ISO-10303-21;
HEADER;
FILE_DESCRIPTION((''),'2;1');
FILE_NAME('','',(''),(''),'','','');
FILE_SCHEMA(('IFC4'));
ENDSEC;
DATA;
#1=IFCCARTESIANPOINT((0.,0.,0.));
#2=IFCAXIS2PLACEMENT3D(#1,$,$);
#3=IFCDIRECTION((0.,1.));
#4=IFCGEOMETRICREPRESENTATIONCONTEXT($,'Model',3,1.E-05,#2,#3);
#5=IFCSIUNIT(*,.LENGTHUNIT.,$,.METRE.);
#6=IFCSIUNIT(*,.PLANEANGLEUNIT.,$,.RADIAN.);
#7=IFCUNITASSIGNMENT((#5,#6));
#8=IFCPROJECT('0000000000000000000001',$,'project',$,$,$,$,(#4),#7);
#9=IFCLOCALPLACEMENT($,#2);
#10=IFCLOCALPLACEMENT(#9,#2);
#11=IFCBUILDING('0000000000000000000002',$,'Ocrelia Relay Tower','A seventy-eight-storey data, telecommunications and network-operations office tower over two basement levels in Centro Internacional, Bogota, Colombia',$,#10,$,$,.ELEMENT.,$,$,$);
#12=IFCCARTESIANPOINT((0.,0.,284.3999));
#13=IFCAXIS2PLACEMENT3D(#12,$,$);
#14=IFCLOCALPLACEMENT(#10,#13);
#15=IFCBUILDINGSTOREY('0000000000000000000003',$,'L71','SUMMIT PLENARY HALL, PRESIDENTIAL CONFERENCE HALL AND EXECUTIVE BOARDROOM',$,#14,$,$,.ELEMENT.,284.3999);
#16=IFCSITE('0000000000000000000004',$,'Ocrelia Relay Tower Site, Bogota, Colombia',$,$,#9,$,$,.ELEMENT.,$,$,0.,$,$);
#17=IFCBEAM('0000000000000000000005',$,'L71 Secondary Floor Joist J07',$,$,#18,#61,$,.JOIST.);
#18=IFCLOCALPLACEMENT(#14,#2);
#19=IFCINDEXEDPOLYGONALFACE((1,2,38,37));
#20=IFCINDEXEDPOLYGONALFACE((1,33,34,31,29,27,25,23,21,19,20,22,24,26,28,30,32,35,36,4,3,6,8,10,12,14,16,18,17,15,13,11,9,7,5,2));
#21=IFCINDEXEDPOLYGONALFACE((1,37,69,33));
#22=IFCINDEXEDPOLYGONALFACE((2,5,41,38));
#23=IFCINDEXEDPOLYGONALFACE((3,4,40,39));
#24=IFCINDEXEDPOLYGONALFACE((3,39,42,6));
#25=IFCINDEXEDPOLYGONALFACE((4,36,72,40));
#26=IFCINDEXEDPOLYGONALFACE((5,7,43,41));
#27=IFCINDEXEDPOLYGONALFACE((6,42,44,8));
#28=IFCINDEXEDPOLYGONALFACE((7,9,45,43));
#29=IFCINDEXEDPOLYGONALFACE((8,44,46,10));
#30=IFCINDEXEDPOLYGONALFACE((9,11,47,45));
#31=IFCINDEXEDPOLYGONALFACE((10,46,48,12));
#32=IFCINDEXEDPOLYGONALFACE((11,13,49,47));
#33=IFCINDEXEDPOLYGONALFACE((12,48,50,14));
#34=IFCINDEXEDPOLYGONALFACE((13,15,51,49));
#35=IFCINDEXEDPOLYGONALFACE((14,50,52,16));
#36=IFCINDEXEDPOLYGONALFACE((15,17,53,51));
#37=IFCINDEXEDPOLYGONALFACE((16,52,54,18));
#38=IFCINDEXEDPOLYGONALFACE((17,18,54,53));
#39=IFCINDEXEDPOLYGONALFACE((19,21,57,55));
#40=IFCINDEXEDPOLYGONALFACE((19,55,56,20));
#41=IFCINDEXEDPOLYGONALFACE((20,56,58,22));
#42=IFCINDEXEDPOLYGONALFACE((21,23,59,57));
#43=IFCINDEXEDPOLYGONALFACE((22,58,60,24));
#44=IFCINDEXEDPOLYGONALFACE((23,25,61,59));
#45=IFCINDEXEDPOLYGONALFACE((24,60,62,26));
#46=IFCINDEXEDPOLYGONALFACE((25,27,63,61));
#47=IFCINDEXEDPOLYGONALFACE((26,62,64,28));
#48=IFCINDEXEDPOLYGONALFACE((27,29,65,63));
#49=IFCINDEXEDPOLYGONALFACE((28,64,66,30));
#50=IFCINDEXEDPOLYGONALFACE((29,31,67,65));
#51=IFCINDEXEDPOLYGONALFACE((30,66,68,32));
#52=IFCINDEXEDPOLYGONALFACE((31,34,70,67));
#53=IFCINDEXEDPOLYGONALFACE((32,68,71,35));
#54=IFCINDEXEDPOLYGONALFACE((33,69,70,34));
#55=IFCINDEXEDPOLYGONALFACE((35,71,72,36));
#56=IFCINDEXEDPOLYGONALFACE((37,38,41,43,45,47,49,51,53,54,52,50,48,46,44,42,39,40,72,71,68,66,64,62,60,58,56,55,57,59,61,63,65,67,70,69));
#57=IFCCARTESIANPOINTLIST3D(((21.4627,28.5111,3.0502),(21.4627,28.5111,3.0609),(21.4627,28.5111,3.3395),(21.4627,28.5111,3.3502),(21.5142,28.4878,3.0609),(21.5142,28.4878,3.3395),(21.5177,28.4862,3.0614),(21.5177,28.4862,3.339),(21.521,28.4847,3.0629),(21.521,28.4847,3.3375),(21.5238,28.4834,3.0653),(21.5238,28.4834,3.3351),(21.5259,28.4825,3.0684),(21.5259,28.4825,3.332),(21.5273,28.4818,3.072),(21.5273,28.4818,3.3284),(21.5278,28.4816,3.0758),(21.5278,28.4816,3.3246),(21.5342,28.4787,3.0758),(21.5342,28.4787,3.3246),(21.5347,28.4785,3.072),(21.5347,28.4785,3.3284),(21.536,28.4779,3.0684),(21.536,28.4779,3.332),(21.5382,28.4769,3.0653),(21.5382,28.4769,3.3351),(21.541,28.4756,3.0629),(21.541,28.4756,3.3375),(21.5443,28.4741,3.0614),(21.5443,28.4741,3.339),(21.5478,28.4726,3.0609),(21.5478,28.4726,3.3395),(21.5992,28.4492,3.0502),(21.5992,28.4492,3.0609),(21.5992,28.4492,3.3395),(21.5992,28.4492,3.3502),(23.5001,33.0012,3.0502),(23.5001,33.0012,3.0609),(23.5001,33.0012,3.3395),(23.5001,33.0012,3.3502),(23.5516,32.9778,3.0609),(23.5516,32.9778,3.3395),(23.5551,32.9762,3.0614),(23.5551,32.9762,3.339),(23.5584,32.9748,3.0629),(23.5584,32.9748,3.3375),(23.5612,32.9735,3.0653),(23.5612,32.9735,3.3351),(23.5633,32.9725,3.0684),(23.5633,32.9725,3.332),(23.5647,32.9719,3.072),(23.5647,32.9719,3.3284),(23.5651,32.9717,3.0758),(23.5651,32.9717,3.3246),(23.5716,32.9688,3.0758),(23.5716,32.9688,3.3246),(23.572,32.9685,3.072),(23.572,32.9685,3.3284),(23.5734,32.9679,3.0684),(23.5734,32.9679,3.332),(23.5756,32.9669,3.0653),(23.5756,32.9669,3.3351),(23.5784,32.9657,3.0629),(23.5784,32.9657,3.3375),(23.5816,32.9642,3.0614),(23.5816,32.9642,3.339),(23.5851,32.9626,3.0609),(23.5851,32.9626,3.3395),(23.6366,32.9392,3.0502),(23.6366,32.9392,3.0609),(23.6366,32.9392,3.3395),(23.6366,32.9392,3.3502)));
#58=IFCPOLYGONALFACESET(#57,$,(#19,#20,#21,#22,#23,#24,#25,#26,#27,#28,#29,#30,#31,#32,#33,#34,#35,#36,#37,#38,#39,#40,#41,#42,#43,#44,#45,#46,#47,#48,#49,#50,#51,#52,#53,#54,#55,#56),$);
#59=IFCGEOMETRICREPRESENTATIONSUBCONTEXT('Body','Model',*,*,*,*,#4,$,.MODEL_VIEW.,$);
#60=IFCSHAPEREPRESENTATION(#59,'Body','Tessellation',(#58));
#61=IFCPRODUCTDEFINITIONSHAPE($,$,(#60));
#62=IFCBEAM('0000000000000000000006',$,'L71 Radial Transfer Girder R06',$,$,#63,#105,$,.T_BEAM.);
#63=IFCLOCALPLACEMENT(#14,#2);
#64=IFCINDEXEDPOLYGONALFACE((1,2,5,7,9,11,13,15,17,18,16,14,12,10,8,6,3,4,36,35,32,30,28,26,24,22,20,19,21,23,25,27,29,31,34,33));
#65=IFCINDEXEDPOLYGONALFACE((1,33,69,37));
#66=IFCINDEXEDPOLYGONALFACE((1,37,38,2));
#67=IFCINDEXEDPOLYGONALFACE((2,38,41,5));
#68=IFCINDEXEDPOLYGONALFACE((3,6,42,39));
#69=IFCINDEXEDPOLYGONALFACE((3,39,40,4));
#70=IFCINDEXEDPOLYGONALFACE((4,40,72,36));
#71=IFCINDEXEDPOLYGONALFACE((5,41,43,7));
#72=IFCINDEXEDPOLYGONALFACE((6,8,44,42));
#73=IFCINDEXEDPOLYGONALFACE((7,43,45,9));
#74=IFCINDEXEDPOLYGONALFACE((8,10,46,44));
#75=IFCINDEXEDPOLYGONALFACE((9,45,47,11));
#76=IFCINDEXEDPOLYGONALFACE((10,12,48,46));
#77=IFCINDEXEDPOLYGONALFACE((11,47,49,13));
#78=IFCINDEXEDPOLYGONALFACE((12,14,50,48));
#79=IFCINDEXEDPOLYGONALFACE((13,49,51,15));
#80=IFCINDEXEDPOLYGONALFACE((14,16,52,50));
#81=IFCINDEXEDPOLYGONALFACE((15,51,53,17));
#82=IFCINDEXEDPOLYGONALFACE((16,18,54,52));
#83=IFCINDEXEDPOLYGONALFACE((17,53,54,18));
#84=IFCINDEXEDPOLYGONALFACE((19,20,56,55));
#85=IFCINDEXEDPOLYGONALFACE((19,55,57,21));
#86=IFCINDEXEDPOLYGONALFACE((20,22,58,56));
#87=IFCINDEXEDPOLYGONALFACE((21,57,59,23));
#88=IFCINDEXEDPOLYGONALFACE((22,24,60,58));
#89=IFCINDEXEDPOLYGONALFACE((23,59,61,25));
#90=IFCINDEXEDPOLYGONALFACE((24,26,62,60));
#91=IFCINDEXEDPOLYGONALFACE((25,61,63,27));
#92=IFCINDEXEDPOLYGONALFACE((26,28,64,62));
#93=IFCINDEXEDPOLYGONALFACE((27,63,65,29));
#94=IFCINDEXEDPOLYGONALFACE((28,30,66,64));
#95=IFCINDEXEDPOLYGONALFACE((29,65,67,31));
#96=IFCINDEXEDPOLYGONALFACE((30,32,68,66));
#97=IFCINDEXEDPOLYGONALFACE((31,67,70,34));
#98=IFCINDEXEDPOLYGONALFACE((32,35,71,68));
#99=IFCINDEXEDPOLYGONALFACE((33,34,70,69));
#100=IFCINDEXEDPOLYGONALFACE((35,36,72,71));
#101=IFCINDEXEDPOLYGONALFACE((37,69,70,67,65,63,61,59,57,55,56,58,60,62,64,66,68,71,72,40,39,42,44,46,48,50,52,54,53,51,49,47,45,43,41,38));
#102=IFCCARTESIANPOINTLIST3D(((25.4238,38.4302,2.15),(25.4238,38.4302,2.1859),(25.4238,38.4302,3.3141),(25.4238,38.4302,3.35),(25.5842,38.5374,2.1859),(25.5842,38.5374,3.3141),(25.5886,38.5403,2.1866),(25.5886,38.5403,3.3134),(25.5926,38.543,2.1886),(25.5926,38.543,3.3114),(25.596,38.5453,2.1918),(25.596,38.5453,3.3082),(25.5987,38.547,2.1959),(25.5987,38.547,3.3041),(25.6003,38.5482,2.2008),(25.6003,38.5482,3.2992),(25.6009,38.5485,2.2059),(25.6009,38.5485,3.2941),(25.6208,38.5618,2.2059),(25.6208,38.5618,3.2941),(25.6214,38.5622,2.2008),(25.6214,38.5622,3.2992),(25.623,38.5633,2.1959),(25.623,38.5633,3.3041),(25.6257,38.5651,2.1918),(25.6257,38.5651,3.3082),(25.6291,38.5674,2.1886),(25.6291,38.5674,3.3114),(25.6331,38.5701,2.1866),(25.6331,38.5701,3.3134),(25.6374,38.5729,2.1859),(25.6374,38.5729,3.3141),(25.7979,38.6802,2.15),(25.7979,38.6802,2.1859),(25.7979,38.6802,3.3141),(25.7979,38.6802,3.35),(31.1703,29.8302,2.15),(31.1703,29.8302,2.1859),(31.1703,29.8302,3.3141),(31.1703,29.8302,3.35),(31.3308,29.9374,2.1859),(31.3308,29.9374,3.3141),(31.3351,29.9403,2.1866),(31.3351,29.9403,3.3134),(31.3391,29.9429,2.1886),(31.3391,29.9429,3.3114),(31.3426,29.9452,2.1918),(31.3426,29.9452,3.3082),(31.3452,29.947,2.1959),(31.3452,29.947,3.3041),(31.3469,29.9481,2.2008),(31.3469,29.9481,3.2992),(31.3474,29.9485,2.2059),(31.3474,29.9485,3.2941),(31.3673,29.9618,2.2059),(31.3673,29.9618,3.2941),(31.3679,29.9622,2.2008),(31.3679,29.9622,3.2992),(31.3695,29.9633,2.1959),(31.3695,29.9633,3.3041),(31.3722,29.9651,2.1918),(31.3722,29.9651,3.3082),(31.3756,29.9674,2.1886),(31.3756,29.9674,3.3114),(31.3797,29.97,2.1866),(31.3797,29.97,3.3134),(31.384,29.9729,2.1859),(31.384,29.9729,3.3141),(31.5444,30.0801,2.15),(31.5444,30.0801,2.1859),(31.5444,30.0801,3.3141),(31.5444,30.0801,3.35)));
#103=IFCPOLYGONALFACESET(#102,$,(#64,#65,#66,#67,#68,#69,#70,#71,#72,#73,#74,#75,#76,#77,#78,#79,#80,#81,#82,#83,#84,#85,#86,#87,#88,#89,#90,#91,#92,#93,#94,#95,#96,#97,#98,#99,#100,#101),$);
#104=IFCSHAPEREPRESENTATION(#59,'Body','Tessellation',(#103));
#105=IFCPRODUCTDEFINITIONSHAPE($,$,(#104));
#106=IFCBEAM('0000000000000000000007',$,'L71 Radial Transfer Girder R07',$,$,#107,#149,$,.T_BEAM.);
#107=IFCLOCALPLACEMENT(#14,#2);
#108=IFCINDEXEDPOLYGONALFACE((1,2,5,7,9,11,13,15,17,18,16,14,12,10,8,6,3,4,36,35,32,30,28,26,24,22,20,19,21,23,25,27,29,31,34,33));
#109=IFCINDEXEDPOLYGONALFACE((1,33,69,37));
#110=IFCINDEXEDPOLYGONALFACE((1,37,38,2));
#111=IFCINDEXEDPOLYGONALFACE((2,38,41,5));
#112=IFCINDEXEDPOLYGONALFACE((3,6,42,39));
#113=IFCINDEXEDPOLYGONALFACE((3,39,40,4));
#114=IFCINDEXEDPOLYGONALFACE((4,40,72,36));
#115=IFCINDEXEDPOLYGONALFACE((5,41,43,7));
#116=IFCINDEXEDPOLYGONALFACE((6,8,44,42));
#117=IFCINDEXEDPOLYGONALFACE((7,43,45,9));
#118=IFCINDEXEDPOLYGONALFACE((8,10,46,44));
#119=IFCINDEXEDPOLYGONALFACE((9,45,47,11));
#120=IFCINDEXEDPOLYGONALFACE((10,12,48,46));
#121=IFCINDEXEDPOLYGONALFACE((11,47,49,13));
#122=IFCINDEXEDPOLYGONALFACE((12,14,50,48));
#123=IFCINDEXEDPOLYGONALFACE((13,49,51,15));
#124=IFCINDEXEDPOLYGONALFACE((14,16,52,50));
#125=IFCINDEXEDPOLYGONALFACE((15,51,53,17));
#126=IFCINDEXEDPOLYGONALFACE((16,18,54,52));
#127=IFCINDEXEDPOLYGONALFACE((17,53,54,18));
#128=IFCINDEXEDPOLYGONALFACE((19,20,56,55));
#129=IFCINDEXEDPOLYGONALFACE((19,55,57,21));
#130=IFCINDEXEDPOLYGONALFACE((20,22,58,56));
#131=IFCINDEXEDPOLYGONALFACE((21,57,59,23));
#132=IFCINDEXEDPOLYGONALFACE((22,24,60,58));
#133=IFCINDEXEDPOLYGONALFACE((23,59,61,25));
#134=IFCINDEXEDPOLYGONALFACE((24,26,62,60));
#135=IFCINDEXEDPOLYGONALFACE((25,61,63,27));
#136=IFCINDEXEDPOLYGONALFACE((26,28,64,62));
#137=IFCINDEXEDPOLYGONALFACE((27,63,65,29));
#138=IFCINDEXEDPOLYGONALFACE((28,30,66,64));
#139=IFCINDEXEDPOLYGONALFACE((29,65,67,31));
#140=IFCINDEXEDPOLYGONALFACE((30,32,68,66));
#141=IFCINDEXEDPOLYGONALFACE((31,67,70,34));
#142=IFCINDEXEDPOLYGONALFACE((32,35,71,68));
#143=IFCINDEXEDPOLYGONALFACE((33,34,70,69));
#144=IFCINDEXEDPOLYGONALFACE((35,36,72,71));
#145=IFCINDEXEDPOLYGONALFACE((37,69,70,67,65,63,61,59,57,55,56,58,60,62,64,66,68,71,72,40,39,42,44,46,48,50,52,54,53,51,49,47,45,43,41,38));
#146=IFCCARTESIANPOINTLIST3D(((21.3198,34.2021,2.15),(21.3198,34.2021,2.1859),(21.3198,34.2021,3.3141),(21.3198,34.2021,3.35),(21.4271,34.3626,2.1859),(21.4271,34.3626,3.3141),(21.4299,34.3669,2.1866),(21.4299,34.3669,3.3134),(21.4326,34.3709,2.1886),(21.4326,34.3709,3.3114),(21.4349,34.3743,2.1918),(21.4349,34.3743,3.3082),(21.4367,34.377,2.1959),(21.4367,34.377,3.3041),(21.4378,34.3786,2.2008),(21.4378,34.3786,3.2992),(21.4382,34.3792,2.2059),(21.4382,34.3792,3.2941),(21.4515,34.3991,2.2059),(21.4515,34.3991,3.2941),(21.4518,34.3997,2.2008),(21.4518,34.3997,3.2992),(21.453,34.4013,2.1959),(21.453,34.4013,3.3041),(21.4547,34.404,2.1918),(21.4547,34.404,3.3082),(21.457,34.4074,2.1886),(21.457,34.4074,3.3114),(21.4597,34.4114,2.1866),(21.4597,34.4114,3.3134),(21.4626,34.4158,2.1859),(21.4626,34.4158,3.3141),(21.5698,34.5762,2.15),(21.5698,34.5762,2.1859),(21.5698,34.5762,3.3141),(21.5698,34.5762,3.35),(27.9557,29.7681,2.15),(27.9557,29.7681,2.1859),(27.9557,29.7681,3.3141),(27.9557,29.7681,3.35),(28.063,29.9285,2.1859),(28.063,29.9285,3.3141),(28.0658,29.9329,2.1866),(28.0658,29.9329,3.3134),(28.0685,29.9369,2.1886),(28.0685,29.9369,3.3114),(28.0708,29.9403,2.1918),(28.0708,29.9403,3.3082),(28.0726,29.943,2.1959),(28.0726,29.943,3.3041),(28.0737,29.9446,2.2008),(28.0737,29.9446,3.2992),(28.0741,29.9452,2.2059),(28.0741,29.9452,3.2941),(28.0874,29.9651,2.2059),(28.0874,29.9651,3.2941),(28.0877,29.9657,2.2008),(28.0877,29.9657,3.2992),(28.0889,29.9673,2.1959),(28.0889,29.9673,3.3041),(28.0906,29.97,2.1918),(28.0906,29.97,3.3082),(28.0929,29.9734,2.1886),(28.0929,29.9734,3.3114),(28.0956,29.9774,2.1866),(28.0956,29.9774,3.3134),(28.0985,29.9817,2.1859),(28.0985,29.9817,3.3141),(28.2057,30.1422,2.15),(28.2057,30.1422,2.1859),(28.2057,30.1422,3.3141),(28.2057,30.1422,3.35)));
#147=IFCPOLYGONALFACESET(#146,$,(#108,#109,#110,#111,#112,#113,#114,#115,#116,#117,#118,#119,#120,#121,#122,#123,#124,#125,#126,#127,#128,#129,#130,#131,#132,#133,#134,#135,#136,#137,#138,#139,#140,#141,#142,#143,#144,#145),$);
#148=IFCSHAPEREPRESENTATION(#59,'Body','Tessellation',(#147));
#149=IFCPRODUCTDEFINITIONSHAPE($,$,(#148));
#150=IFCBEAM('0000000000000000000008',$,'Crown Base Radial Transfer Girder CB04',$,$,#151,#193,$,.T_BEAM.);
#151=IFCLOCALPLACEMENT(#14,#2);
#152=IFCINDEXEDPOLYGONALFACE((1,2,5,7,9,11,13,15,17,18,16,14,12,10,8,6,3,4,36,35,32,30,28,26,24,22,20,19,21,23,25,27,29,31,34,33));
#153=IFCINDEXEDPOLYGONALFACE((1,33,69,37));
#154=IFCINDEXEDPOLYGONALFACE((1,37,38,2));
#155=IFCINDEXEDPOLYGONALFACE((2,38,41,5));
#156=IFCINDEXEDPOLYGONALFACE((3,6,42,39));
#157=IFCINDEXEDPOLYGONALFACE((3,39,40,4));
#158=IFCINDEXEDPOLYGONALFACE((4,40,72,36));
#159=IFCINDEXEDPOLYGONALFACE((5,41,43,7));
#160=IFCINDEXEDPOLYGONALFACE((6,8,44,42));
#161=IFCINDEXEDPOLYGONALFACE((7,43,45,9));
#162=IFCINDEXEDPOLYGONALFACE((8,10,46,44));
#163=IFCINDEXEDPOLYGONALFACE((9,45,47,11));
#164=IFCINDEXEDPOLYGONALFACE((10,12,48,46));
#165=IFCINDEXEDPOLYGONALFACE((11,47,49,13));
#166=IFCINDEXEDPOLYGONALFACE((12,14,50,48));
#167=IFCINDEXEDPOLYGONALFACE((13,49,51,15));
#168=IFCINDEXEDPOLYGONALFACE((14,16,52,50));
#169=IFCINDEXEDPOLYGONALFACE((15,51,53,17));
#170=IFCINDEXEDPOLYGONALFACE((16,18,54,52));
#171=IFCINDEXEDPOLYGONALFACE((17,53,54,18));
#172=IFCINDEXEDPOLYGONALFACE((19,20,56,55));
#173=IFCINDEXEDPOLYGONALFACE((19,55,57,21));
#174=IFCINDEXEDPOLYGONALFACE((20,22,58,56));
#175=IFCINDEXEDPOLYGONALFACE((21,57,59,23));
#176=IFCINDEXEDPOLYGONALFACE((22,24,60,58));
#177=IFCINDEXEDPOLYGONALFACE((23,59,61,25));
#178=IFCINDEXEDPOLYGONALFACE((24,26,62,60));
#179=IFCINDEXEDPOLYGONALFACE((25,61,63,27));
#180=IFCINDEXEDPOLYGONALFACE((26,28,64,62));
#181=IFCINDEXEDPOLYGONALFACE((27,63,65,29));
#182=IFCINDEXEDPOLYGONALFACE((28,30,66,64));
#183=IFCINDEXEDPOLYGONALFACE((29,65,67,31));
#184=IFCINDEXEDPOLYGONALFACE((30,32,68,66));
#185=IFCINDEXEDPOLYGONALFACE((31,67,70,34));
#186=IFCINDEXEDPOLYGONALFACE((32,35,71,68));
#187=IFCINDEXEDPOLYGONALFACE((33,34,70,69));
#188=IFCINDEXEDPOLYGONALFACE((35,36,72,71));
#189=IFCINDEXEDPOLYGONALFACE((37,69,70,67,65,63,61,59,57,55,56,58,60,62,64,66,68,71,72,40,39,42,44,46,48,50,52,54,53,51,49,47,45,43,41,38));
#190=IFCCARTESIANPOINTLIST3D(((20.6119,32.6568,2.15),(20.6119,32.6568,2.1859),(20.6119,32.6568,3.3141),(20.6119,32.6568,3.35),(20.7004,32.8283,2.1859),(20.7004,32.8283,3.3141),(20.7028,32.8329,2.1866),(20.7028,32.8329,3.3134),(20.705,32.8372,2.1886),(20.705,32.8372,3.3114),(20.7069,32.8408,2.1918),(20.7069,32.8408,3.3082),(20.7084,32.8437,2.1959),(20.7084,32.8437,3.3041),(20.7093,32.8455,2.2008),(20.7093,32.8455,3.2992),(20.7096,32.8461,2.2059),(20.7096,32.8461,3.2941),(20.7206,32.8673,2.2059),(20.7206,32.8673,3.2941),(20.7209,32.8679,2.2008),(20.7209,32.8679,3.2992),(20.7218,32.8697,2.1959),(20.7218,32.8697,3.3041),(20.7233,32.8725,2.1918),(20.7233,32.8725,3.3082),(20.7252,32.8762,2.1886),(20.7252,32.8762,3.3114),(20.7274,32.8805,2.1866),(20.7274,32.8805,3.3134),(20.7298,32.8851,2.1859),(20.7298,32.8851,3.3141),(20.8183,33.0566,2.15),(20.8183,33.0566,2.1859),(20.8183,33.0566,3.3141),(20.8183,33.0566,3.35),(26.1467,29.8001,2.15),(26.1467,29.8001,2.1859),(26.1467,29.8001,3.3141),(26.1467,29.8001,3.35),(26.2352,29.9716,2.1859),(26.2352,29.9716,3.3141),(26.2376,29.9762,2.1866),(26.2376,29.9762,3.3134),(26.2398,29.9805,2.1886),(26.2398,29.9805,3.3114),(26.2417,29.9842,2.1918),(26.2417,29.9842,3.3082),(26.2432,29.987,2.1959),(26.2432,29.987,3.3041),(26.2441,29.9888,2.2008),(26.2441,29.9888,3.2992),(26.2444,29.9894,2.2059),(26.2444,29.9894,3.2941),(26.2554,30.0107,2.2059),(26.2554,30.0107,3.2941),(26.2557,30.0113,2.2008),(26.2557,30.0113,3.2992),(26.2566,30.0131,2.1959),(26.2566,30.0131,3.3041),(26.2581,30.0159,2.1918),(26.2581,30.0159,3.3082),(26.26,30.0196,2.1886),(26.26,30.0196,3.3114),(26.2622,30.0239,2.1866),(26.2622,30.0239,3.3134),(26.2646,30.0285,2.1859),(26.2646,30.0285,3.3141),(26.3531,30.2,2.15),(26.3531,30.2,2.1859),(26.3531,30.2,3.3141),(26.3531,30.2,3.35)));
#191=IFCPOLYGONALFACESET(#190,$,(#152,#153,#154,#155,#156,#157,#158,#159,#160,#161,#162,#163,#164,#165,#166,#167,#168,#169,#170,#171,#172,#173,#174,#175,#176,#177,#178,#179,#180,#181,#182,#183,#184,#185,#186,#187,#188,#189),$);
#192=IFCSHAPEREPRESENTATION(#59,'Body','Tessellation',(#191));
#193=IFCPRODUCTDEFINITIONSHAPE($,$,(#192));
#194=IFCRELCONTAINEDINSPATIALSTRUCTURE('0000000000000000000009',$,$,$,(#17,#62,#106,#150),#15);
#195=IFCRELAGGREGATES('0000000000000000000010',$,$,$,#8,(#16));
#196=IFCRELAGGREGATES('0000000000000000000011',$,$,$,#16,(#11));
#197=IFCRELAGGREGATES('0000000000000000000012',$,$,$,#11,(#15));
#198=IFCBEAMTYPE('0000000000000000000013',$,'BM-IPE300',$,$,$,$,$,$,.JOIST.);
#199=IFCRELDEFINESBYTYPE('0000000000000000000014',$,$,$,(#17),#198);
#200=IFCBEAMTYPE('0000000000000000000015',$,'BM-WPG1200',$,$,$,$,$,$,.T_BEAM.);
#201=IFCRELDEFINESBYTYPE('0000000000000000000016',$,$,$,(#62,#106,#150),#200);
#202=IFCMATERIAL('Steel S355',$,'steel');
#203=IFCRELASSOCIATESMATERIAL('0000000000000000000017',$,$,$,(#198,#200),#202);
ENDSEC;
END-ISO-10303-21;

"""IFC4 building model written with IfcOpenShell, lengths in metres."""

from ifc_helpers import new_model, si_unit, direction, frame, origin, origin_2d, place, context, subcontext, project, spatial, i_section, extrude, material, material_profile, profile_set, type_object, element, save


model = new_model("IFC4")

# Units and contexts
model_context = context("Model", 3, precision=1e-05, world=origin(), true_north=direction((0.0, 1.0)))
body_context = subcontext(model_context, "Body", "Model", "MODEL_VIEW")
ifc_project = project(units=[si_unit("LENGTHUNIT", "METRE"), si_unit("PLANEANGLEUNIT", "RADIAN")], contexts=[model_context])

# Site, building, storey
site_placement = place(None, origin())
site = spatial("IfcSite", under=ifc_project, at=site_placement, Name="Ocrelia Relay Tower Site, Bogota, Colombia", CompositionType="ELEMENT", RefElevation=0.0)
building_placement = place(site_placement, origin())
building = spatial("IfcBuilding", under=site, at=building_placement, Name="Ocrelia Relay Tower", Description="A seventy-eight-storey data, telecommunications and network-operations office tower over two basement levels in Centro Internacional, Bogota, Colombia", CompositionType="ELEMENT")
storey_placement = place(building_placement, frame((0.0, 0.0, 284.3999)))
storey = spatial("IfcBuildingStorey", under=building, at=storey_placement, Name="L71", Description="SUMMIT PLENARY HALL, PRESIDENTIAL CONFERENCE HALL AND EXECUTIVE BOARDROOM", CompositionType="ELEMENT", Elevation=284.3999)

# Beams
ifc_material_1 = material(Name="Steel S355", Category="steel")
ifc_material_profile_1 = material_profile(ifc_material_1, i_section(OverallWidth=0.1499, OverallDepth=0.3, WebThickness=0.0071, FlangeThickness=0.0107, FilletRadius=0.0149, at=origin_2d()), Name="IPE 300")
ifc_profile_set_1 = profile_set([ifc_material_profile_1], Name="Steel S355")
beam_type_1 = type_object("IfcBeamType", Name="BM-IPE300", PredefinedType="JOIST", material=ifc_profile_set_1)
beam_1_placement = place(storey_placement, frame((23.5684, 32.9702, 3.2002), z_axis=(-0.413206, -0.910638, 0.0), x_axis=(0.910638, -0.413206, 0.0)))
element("IfcBeam", 1, at=beam_1_placement, inside=storey, type_object=beam_type_1, Name="L71 Secondary Floor Joist J07", PredefinedType="JOIST", context=body_context, shape_type="SweptSolid", body=[
    extrude(i_section(OverallWidth=0.1499, OverallDepth=0.3, WebThickness=0.0071, FlangeThickness=0.0107, FilletRadius=0.0149, at=origin_2d()), origin(), (0.0, 0.0, 1.0), 4.9307),
])
ifc_material_profile_2 = material_profile(ifc_material_1, i_section(OverallWidth=0.45, OverallDepth=1.2, WebThickness=0.0239, FlangeThickness=0.0359, FilletRadius=0.02, at=origin_2d()), Name="WPG 1200x450")
ifc_profile_set_2 = profile_set([ifc_material_profile_2], Name="Steel S355")
beam_type_2 = type_object("IfcBeamType", Name="BM-WPG1200", PredefinedType="T_BEAM", material=ifc_profile_set_2)
beam_2_placement = place(storey_placement, frame((25.6108, 38.5552, 2.75), z_axis=(0.555582, -0.831462, 0.0), x_axis=(0.831462, 0.555582, 0.0)))
element("IfcBeam", 2, at=beam_2_placement, inside=storey, type_object=beam_type_2, Name="L71 Radial Transfer Girder R06", PredefinedType="T_BEAM", context=body_context, shape_type="SweptSolid", body=[
    extrude(i_section(OverallWidth=0.45, OverallDepth=1.2, WebThickness=0.0239, FlangeThickness=0.0359, FilletRadius=0.02, at=origin_2d()), origin(), (0.0, 0.0, 1.0), 10.3433),
])
beam_3_placement = place(storey_placement, frame((21.4448, 34.3892, 2.75), z_axis=(0.831466, -0.555575, 0.0), x_axis=(0.555575, 0.831466, 0.0)))
element("IfcBeam", 3, at=beam_3_placement, inside=storey, type_object=beam_type_2, Name="L71 Radial Transfer Girder R07", PredefinedType="T_BEAM", context=body_context, shape_type="SweptSolid", body=[
    extrude(i_section(OverallWidth=0.45, OverallDepth=1.2, WebThickness=0.0239, FlangeThickness=0.0359, FilletRadius=0.02, at=origin_2d()), origin(), (0.0, 0.0, 1.0), 7.981),
])
beam_4_placement = place(storey_placement, frame((20.7151, 32.8567, 2.75), z_axis=(0.888623, -0.458638, 0.0), x_axis=(0.458638, 0.888623, 0.0)))
element("IfcBeam", 4, at=beam_4_placement, inside=storey, type_object=beam_type_2, Name="Crown Base Radial Transfer Girder CB04", PredefinedType="T_BEAM", context=body_context, shape_type="SweptSolid", body=[
    extrude(i_section(OverallWidth=0.45, OverallDepth=1.2, WebThickness=0.0239, FlangeThickness=0.0359, FilletRadius=0.02, at=origin_2d()), origin(), (0.0, 0.0, 1.0), 6.2285),
])

save(model, "model.ifc")
